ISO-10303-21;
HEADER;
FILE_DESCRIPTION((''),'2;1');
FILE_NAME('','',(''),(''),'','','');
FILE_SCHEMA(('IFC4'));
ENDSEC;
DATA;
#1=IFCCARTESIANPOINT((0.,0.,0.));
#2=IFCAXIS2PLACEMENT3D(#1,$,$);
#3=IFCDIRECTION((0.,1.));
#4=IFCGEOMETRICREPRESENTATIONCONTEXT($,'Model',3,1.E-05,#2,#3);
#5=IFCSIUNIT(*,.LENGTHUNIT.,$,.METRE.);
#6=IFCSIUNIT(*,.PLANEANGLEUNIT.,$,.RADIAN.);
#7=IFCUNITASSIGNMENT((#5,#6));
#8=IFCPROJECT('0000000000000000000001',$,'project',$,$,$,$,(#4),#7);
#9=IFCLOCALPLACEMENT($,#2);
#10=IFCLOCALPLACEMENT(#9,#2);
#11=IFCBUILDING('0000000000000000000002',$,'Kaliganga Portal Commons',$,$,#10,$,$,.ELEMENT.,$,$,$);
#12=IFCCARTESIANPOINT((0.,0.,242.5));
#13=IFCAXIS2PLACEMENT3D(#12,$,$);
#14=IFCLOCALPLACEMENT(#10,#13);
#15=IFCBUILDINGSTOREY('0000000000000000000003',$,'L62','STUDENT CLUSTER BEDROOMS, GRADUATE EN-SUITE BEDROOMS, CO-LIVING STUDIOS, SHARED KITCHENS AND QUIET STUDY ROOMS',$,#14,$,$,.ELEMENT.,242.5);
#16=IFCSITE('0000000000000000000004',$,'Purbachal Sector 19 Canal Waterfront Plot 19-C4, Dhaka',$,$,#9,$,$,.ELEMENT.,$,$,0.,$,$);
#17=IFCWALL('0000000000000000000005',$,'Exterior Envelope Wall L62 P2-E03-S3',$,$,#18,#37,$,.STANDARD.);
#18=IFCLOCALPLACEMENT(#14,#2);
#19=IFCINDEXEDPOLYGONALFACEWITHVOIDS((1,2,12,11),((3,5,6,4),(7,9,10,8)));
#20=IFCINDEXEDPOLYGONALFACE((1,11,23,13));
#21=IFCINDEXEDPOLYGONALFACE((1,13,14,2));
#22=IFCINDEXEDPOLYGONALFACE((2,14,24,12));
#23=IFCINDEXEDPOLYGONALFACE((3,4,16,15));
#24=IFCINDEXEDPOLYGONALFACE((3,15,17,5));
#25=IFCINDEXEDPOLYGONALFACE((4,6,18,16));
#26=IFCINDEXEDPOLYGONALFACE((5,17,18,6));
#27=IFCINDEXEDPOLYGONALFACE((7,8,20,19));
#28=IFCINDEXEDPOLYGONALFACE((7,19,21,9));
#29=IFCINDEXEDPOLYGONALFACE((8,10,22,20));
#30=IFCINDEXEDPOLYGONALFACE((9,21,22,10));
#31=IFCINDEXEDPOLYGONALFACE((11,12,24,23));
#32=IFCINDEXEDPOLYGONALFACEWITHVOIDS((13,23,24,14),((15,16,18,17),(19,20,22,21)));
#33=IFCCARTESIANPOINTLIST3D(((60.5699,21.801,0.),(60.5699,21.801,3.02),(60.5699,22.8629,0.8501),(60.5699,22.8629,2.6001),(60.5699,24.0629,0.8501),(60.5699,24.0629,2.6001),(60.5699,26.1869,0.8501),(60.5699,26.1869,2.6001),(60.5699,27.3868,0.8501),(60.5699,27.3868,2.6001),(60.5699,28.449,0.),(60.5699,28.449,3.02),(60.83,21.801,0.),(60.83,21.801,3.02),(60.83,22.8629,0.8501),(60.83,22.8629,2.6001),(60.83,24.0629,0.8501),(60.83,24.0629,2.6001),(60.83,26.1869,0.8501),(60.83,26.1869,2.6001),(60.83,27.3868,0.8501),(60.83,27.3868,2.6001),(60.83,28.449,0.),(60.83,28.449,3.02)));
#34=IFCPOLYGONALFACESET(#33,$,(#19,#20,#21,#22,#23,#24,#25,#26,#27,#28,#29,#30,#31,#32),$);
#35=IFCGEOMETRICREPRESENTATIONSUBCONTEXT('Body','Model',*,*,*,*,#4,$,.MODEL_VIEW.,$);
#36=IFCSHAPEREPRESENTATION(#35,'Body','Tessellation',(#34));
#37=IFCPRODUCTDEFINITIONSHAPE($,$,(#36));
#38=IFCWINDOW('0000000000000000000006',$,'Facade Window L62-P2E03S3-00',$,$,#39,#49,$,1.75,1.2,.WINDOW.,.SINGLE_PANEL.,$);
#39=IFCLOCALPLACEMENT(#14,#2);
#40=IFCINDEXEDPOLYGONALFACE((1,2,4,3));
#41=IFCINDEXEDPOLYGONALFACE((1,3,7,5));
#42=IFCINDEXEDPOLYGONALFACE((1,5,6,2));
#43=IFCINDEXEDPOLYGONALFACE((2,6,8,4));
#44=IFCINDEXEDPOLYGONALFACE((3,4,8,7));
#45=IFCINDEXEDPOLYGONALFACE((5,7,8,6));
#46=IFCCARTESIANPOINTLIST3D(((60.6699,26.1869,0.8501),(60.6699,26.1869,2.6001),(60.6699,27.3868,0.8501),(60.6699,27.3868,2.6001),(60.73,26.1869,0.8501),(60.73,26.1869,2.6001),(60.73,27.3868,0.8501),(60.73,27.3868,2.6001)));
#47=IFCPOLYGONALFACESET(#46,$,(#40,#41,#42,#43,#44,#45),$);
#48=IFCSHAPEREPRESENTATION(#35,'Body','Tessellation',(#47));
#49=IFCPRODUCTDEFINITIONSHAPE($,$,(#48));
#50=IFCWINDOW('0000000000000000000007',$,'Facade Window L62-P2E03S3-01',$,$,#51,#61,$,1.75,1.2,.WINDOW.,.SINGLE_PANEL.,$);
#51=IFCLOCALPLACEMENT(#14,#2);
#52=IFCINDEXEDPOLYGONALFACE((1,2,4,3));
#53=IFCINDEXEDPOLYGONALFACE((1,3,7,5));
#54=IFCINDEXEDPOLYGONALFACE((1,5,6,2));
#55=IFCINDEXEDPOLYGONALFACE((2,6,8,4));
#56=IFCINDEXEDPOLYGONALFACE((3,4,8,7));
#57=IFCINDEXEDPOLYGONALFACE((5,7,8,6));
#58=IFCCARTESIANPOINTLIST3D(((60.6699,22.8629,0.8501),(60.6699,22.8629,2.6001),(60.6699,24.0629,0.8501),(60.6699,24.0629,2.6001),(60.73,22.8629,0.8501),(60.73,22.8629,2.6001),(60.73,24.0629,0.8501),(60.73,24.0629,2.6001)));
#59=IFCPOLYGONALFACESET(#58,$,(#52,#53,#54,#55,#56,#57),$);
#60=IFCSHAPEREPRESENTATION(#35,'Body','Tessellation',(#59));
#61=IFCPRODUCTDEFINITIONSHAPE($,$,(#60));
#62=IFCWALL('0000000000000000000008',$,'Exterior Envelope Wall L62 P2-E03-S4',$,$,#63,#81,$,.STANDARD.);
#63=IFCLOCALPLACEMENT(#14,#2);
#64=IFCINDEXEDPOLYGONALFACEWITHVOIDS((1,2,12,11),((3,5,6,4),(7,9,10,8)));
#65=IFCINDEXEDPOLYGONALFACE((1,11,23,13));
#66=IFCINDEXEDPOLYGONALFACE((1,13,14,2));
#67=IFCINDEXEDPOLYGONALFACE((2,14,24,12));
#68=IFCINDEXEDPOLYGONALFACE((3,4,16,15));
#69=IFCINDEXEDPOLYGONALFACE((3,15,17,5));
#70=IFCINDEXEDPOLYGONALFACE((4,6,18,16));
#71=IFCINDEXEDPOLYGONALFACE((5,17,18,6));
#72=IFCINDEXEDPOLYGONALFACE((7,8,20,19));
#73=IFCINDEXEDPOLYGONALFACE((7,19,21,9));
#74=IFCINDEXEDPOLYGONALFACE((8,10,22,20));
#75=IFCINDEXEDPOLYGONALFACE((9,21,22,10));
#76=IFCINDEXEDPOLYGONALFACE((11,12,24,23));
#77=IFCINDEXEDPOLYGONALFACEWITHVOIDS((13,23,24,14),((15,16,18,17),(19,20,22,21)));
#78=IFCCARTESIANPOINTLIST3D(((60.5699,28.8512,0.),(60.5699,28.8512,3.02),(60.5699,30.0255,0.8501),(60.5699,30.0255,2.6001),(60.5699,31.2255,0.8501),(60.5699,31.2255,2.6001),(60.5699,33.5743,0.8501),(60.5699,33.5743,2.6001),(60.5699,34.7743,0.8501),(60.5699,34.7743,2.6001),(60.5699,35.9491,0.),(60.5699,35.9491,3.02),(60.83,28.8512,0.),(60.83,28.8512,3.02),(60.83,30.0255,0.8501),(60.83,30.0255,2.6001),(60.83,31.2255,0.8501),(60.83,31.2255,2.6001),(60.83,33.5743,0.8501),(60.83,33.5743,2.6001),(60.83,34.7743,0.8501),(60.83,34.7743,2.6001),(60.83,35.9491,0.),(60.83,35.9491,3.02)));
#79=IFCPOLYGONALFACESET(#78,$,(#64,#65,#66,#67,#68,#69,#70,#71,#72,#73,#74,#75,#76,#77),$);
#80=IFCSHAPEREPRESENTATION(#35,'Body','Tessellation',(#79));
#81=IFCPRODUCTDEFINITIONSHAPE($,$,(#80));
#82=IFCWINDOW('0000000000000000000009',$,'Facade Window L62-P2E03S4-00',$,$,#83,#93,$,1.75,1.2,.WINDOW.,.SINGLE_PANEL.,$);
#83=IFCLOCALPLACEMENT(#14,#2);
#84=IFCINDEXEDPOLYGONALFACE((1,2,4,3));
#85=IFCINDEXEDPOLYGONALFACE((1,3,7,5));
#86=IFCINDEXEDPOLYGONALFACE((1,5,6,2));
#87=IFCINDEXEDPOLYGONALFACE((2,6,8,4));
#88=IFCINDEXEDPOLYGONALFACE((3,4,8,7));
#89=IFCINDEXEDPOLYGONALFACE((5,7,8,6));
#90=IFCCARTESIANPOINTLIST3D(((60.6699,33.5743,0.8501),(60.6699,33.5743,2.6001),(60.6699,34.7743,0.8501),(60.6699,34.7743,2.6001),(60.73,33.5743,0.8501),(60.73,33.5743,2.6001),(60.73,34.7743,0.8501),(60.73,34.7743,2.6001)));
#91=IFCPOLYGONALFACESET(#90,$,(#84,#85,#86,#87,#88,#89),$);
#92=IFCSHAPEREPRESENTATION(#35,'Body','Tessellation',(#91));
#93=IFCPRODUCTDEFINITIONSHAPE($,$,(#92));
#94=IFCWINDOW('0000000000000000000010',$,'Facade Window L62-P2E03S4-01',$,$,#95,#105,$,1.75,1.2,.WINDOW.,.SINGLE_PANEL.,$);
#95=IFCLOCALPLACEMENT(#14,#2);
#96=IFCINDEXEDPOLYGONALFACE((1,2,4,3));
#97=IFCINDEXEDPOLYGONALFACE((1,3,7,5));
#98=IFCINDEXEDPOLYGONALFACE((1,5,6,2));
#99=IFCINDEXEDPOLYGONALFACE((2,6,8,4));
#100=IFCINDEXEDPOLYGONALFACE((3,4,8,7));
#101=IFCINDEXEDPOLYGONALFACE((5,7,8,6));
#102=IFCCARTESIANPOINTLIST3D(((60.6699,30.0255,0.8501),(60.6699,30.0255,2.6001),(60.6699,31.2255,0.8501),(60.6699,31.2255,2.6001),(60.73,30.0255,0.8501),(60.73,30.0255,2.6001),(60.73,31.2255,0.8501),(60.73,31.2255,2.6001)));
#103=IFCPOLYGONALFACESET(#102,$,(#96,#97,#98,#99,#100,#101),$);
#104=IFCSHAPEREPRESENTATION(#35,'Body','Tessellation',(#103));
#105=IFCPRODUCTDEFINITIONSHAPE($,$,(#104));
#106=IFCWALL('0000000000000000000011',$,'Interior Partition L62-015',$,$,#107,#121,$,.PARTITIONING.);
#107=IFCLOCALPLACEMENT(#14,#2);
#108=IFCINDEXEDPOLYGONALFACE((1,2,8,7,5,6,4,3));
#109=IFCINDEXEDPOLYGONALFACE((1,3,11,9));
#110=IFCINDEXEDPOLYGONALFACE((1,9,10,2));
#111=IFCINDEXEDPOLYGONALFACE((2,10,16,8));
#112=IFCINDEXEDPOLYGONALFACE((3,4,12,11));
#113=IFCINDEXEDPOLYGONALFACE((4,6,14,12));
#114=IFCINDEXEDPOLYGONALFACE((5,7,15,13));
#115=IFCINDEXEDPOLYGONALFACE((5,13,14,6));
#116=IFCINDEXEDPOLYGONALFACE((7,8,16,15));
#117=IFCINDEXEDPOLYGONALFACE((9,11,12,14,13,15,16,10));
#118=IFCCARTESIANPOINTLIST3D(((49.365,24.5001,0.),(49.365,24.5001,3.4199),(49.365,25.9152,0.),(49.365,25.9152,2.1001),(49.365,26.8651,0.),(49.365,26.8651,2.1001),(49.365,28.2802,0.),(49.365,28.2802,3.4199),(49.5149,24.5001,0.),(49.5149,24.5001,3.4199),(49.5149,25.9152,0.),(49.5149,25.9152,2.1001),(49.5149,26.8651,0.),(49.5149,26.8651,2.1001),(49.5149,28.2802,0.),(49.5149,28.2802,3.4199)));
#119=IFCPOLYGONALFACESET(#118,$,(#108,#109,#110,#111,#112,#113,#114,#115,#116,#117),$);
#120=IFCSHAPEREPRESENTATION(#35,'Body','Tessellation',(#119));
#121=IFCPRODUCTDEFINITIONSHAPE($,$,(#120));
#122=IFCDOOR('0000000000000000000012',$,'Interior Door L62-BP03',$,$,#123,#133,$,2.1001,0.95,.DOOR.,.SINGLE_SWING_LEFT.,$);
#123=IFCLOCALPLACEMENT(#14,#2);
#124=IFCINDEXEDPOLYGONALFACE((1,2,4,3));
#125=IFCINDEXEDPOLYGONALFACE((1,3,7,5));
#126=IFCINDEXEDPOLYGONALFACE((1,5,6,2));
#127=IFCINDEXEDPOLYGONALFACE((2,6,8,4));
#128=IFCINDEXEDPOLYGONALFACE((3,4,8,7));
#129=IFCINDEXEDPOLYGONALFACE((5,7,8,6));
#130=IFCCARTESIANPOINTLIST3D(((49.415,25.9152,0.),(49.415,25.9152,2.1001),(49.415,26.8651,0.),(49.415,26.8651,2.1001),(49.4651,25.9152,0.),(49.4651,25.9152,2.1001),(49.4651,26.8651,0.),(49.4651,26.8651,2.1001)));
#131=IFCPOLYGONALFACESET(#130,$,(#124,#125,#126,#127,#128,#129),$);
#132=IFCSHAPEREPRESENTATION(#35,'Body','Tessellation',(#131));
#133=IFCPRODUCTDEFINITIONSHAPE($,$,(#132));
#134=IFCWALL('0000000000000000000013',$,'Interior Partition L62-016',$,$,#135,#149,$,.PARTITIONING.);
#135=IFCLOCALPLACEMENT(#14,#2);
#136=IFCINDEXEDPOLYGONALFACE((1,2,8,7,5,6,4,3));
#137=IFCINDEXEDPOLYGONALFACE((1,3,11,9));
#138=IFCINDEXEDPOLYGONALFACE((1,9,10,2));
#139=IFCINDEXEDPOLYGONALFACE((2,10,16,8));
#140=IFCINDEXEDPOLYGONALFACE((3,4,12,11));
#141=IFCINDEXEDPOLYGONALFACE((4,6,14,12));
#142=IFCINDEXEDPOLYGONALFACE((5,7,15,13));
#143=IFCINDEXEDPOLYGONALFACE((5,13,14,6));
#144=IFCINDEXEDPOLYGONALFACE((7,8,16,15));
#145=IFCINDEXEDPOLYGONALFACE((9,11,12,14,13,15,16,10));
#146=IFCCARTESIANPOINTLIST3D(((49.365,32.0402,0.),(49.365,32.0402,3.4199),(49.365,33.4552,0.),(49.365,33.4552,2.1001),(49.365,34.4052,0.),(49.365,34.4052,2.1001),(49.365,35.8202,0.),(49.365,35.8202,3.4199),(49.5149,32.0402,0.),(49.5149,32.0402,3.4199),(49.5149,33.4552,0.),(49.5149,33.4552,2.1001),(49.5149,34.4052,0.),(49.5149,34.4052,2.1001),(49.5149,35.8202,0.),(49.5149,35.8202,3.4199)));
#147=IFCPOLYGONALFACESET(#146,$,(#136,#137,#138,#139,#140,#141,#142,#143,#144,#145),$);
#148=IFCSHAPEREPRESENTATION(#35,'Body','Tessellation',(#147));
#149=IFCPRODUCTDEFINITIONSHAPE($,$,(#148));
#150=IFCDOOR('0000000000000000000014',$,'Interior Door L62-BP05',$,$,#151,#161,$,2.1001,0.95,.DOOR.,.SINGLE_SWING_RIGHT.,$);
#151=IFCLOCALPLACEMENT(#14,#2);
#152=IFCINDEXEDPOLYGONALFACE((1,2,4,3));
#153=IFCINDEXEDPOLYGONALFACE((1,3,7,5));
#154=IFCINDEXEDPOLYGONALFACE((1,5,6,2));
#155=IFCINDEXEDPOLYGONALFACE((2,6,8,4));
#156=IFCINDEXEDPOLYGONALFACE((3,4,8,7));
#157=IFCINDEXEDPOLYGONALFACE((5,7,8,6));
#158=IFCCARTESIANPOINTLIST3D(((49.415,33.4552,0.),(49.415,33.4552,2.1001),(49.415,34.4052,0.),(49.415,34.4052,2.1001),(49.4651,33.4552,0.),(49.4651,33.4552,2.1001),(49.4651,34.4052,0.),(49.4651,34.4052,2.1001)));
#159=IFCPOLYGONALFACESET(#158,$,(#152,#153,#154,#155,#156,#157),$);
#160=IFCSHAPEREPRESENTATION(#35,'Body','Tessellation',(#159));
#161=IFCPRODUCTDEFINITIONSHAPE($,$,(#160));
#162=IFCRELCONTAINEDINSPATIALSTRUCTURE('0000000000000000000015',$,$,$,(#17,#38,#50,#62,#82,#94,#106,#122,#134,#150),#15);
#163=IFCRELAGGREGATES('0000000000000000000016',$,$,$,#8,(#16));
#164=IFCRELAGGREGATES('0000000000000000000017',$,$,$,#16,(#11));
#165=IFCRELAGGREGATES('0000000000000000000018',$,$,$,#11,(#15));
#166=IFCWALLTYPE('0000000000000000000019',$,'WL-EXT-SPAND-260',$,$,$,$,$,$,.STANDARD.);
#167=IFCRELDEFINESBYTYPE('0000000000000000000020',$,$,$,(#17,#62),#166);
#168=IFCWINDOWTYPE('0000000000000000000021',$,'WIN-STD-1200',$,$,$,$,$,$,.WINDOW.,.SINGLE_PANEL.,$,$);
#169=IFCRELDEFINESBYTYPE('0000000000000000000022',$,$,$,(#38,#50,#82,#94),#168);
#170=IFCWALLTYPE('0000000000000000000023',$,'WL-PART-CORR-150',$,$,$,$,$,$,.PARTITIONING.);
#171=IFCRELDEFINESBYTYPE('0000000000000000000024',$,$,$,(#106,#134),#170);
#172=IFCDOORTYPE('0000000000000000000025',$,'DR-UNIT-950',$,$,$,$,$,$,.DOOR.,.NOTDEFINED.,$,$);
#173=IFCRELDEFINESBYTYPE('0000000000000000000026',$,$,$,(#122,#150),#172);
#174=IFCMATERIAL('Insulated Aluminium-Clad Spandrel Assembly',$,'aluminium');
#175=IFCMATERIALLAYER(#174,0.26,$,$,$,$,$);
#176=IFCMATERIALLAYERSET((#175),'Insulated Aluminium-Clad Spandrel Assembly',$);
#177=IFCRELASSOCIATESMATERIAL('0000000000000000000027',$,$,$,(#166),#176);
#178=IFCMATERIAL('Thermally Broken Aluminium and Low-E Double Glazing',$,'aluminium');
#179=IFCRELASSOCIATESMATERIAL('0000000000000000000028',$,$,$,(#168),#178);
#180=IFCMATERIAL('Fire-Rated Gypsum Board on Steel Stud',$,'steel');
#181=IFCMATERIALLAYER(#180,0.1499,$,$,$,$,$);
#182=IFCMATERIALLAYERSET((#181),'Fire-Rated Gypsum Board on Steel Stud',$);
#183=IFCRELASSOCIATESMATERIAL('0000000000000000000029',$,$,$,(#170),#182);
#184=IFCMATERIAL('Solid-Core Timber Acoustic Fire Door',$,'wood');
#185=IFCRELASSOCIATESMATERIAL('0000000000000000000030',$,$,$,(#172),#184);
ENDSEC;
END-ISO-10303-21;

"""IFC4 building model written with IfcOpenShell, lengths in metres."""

from ifc_helpers import new_model, si_unit, direction, frame, frame_2d, origin, place, context, subcontext, project, spatial, rectangle, extrude, material, layer, layer_set, type_object, element, fill, save


model = new_model("IFC4")

# Units and contexts
model_context = context("Model", 3, precision=1e-05, world=origin(), true_north=direction((0.0, 1.0)))
body_context = subcontext(model_context, "Body", "Model", "MODEL_VIEW")
ifc_project = project(units=[si_unit("LENGTHUNIT", "METRE"), si_unit("PLANEANGLEUNIT", "RADIAN")], contexts=[model_context])

# Site, building, storey
site_placement = place(None, origin())
site = spatial("IfcSite", under=ifc_project, at=site_placement, Name="Purbachal Sector 19 Canal Waterfront Plot 19-C4, Dhaka", CompositionType="ELEMENT", RefElevation=0.0)
building_placement = place(site_placement, origin())
building = spatial("IfcBuilding", under=site, at=building_placement, Name="Kaliganga Portal Commons", CompositionType="ELEMENT")
storey_placement = place(building_placement, frame((0.0, 0.0, 242.5)))
storey = spatial("IfcBuildingStorey", under=building, at=storey_placement, Name="L62", Description="STUDENT CLUSTER BEDROOMS, GRADUATE EN-SUITE BEDROOMS, CO-LIVING STUDIOS, SHARED KITCHENS AND QUIET STUDY ROOMS", CompositionType="ELEMENT", Elevation=242.5)

# Walls, openings, windows
ifc_material_1 = material(Name="Insulated Aluminium-Clad Spandrel Assembly", Category="aluminium")
ifc_layer_1 = layer(ifc_material_1, 0.26)
ifc_layer_set_1 = layer_set([ifc_layer_1], Name="Insulated Aluminium-Clad Spandrel Assembly")
wall_type_1 = type_object("IfcWallType", Name="WL-EXT-SPAND-260", PredefinedType="STANDARD", material=ifc_layer_set_1)
wall_1_placement = place(storey_placement, frame((60.7, 28.449, 0.0), z_axis=(0.0, 0.0, 1.0), x_axis=(0.0, -1.0, 0.0)))
wall_1 = element("IfcWall", 1, at=wall_1_placement, inside=storey, type_object=wall_type_1, Name="Exterior Envelope Wall L62 P2-E03-S3", PredefinedType="STANDARD", context=body_context, shape_type="SweptSolid", body=[
    extrude(rectangle(XDim=6.6479, YDim=0.26, at=frame_2d((3.324, 0.0))), origin(), (0.0, 0.0, 1.0), 3.02),
])
opening_1_placement = place(wall_1_placement, frame((1.062, 0.0, 0.8501)))
opening_1 = element("IfcOpeningElement", 2, at=opening_1_placement, cuts=wall_1, PredefinedType="OPENING", context=body_context, shape_type="SweptSolid", body=[
    extrude(rectangle(XDim=1.2, YDim=1.75, at=frame_2d((0.6001, 0.875))), frame((0.0, 0.1401, 0.0), z_axis=(0.0, -1.0, 0.0), x_axis=(1.0, 0.0, 0.0)), (0.0, 0.0, 1.0), 0.28),
])
opening_2_placement = place(wall_1_placement, frame((4.386, 0.0, 0.8501)))
opening_2 = element("IfcOpeningElement", 3, at=opening_2_placement, cuts=wall_1, PredefinedType="OPENING", context=body_context, shape_type="SweptSolid", body=[
    extrude(rectangle(XDim=1.2, YDim=1.75, at=frame_2d((0.6001, 0.875))), frame((0.0, 0.1401, 0.0), z_axis=(0.0, -1.0, 0.0), x_axis=(1.0, 0.0, 0.0)), (0.0, 0.0, 1.0), 0.28),
])
ifc_material_2 = material(Name="Thermally Broken Aluminium and Low-E Double Glazing", Category="aluminium")
window_type = type_object("IfcWindowType", Name="WIN-STD-1200", PartitioningType="SINGLE_PANEL", PredefinedType="WINDOW", material=ifc_material_2)
window_1_placement = place(opening_1_placement, origin())
window_1 = element("IfcWindow", 4, at=window_1_placement, inside=storey, type_object=window_type, Name="Facade Window L62-P2E03S3-00", OverallHeight=1.75, OverallWidth=1.2, PartitioningType="SINGLE_PANEL", PredefinedType="WINDOW", context=body_context, shape_type="SweptSolid", body=[
    extrude(rectangle(XDim=1.2, YDim=1.75, at=frame_2d((0.6001, 0.875))), frame((0.0, 0.03, 0.0), z_axis=(0.0, -1.0, 0.0), x_axis=(1.0, 0.0, 0.0)), (0.0, 0.0, 1.0), 0.0601),
])
fill(opening_1, window_1)
window_2_placement = place(opening_2_placement, origin())
window_2 = element("IfcWindow", 5, at=window_2_placement, inside=storey, type_object=window_type, Name="Facade Window L62-P2E03S3-01", OverallHeight=1.75, OverallWidth=1.2, PartitioningType="SINGLE_PANEL", PredefinedType="WINDOW", context=body_context, shape_type="SweptSolid", body=[
    extrude(rectangle(XDim=1.2, YDim=1.75, at=frame_2d((0.6001, 0.875))), frame((0.0, 0.03, 0.0), z_axis=(0.0, -1.0, 0.0), x_axis=(1.0, 0.0, 0.0)), (0.0, 0.0, 1.0), 0.0601),
])
fill(opening_2, window_2)
wall_2_placement = place(storey_placement, frame((60.7, 35.949, 0.0), z_axis=(0.0, 0.0, 1.0), x_axis=(0.0, -1.0, 0.0)))
wall_2 = element("IfcWall", 6, at=wall_2_placement, inside=storey, type_object=wall_type_1, Name="Exterior Envelope Wall L62 P2-E03-S4", PredefinedType="STANDARD", context=body_context, shape_type="SweptSolid", body=[
    extrude(rectangle(XDim=7.0979, YDim=0.26, at=frame_2d((3.5488, 0.0))), origin(), (0.0, 0.0, 1.0), 3.02),
])
opening_3_placement = place(wall_2_placement, frame((1.1746, 0.0, 0.8501)))
opening_3 = element("IfcOpeningElement", 7, at=opening_3_placement, cuts=wall_2, PredefinedType="OPENING", context=body_context, shape_type="SweptSolid", body=[
    extrude(rectangle(XDim=1.2, YDim=1.75, at=frame_2d((0.6001, 0.875))), frame((0.0, 0.1401, 0.0), z_axis=(0.0, -1.0, 0.0), x_axis=(1.0, 0.0, 0.0)), (0.0, 0.0, 1.0), 0.28),
])
opening_4_placement = place(wall_2_placement, frame((4.7234, 0.0, 0.8501)))
opening_4 = element("IfcOpeningElement", 8, at=opening_4_placement, cuts=wall_2, PredefinedType="OPENING", context=body_context, shape_type="SweptSolid", body=[
    extrude(rectangle(XDim=1.2, YDim=1.75, at=frame_2d((0.6001, 0.875))), frame((0.0, 0.1401, 0.0), z_axis=(0.0, -1.0, 0.0), x_axis=(1.0, 0.0, 0.0)), (0.0, 0.0, 1.0), 0.28),
])
window_3_placement = place(opening_3_placement, origin())
window_3 = element("IfcWindow", 9, at=window_3_placement, inside=storey, type_object=window_type, Name="Facade Window L62-P2E03S4-00", OverallHeight=1.75, OverallWidth=1.2, PartitioningType="SINGLE_PANEL", PredefinedType="WINDOW", context=body_context, shape_type="SweptSolid", body=[
    extrude(rectangle(XDim=1.2, YDim=1.75, at=frame_2d((0.6001, 0.875))), frame((0.0, 0.03, 0.0), z_axis=(0.0, -1.0, 0.0), x_axis=(1.0, 0.0, 0.0)), (0.0, 0.0, 1.0), 0.0601),
])
fill(opening_3, window_3)
window_4_placement = place(opening_4_placement, origin())
window_4 = element("IfcWindow", 10, at=window_4_placement, inside=storey, type_object=window_type, Name="Facade Window L62-P2E03S4-01", OverallHeight=1.75, OverallWidth=1.2, PartitioningType="SINGLE_PANEL", PredefinedType="WINDOW", context=body_context, shape_type="SweptSolid", body=[
    extrude(rectangle(XDim=1.2, YDim=1.75, at=frame_2d((0.6001, 0.875))), frame((0.0, 0.03, 0.0), z_axis=(0.0, -1.0, 0.0), x_axis=(1.0, 0.0, 0.0)), (0.0, 0.0, 1.0), 0.0601),
])
fill(opening_4, window_4)

# Walls, openings, doors
ifc_material_3 = material(Name="Fire-Rated Gypsum Board on Steel Stud", Category="steel")
ifc_layer_2 = layer(ifc_material_3, 0.1499)
ifc_layer_set_2 = layer_set([ifc_layer_2], Name="Fire-Rated Gypsum Board on Steel Stud")
wall_type_2 = type_object("IfcWallType", Name="WL-PART-CORR-150", PredefinedType="PARTITIONING", material=ifc_layer_set_2)
wall_3_placement = place(storey_placement, frame((49.4399, 24.5, 0.0), z_axis=(0.0, 0.0, 1.0), x_axis=(0.0, 1.0, 0.0)))
wall_3 = element("IfcWall", 11, at=wall_3_placement, inside=storey, type_object=wall_type_2, Name="Interior Partition L62-015", PredefinedType="PARTITIONING", context=body_context, shape_type="SweptSolid", body=[
    extrude(rectangle(XDim=3.78, YDim=0.1499, at=frame_2d((1.8901, 0.0))), origin(), (0.0, 0.0, 1.0), 3.4199),
])
opening_5_placement = place(wall_3_placement, frame((1.415, 0.0, 0.0)))
opening_5 = element("IfcOpeningElement", 12, at=opening_5_placement, cuts=wall_3, PredefinedType="OPENING", context=body_context, shape_type="SweptSolid", body=[
    extrude(rectangle(XDim=0.95, YDim=2.1001, at=frame_2d((0.4751, 1.05))), frame((0.0, 0.085, 0.0), z_axis=(0.0, -1.0, 0.0), x_axis=(1.0, 0.0, 0.0)), (0.0, 0.0, 1.0), 0.1699),
])
ifc_material_4 = material(Name="Solid-Core Timber Acoustic Fire Door", Category="wood")
door_type = type_object("IfcDoorType", Name="DR-UNIT-950", OperationType="NOTDEFINED", PredefinedType="DOOR", material=ifc_material_4)
door_1_placement = place(opening_5_placement, origin())
door_1 = element("IfcDoor", 13, at=door_1_placement, inside=storey, type_object=door_type, Name="Interior Door L62-BP03", OperationType="SINGLE_SWING_LEFT", OverallHeight=2.1001, OverallWidth=0.95, PredefinedType="DOOR", context=body_context, shape_type="SweptSolid", body=[
    extrude(rectangle(XDim=0.95, YDim=2.1001, at=frame_2d((0.4751, 1.05))), frame((0.0, 0.0249, 0.0), z_axis=(0.0, -1.0, 0.0), x_axis=(1.0, 0.0, 0.0)), (0.0, 0.0, 1.0), 0.05),
])
fill(opening_5, door_1)
wall_4_placement = place(storey_placement, frame((49.4399, 32.04, 0.0), z_axis=(0.0, 0.0, 1.0), x_axis=(0.0, 1.0, 0.0)))
wall_4 = element("IfcWall", 14, at=wall_4_placement, inside=storey, type_object=wall_type_2, Name="Interior Partition L62-016", PredefinedType="PARTITIONING", context=body_context, shape_type="SweptSolid", body=[
    extrude(rectangle(XDim=3.78, YDim=0.1499, at=frame_2d((1.8901, 0.0))), origin(), (0.0, 0.0, 1.0), 3.4199),
])
opening_6_placement = place(wall_4_placement, frame((1.415, 0.0, 0.0)))
opening_6 = element("IfcOpeningElement", 15, at=opening_6_placement, cuts=wall_4, PredefinedType="OPENING", context=body_context, shape_type="SweptSolid", body=[
    extrude(rectangle(XDim=0.95, YDim=2.1001, at=frame_2d((0.4751, 1.05))), frame((0.0, 0.085, 0.0), z_axis=(0.0, -1.0, 0.0), x_axis=(1.0, 0.0, 0.0)), (0.0, 0.0, 1.0), 0.1699),
])
door_2_placement = place(opening_6_placement, origin())
door_2 = element("IfcDoor", 16, at=door_2_placement, inside=storey, type_object=door_type, Name="Interior Door L62-BP05", OperationType="SINGLE_SWING_RIGHT", OverallHeight=2.1001, OverallWidth=0.95, PredefinedType="DOOR", context=body_context, shape_type="SweptSolid", body=[
    extrude(rectangle(XDim=0.95, YDim=2.1001, at=frame_2d((0.4751, 1.05))), frame((0.0, 0.0249, 0.0), z_axis=(0.0, -1.0, 0.0), x_axis=(1.0, 0.0, 0.0)), (0.0, 0.0, 1.0), 0.05),
])
fill(opening_6, door_2)

save(model, "model.ifc")
